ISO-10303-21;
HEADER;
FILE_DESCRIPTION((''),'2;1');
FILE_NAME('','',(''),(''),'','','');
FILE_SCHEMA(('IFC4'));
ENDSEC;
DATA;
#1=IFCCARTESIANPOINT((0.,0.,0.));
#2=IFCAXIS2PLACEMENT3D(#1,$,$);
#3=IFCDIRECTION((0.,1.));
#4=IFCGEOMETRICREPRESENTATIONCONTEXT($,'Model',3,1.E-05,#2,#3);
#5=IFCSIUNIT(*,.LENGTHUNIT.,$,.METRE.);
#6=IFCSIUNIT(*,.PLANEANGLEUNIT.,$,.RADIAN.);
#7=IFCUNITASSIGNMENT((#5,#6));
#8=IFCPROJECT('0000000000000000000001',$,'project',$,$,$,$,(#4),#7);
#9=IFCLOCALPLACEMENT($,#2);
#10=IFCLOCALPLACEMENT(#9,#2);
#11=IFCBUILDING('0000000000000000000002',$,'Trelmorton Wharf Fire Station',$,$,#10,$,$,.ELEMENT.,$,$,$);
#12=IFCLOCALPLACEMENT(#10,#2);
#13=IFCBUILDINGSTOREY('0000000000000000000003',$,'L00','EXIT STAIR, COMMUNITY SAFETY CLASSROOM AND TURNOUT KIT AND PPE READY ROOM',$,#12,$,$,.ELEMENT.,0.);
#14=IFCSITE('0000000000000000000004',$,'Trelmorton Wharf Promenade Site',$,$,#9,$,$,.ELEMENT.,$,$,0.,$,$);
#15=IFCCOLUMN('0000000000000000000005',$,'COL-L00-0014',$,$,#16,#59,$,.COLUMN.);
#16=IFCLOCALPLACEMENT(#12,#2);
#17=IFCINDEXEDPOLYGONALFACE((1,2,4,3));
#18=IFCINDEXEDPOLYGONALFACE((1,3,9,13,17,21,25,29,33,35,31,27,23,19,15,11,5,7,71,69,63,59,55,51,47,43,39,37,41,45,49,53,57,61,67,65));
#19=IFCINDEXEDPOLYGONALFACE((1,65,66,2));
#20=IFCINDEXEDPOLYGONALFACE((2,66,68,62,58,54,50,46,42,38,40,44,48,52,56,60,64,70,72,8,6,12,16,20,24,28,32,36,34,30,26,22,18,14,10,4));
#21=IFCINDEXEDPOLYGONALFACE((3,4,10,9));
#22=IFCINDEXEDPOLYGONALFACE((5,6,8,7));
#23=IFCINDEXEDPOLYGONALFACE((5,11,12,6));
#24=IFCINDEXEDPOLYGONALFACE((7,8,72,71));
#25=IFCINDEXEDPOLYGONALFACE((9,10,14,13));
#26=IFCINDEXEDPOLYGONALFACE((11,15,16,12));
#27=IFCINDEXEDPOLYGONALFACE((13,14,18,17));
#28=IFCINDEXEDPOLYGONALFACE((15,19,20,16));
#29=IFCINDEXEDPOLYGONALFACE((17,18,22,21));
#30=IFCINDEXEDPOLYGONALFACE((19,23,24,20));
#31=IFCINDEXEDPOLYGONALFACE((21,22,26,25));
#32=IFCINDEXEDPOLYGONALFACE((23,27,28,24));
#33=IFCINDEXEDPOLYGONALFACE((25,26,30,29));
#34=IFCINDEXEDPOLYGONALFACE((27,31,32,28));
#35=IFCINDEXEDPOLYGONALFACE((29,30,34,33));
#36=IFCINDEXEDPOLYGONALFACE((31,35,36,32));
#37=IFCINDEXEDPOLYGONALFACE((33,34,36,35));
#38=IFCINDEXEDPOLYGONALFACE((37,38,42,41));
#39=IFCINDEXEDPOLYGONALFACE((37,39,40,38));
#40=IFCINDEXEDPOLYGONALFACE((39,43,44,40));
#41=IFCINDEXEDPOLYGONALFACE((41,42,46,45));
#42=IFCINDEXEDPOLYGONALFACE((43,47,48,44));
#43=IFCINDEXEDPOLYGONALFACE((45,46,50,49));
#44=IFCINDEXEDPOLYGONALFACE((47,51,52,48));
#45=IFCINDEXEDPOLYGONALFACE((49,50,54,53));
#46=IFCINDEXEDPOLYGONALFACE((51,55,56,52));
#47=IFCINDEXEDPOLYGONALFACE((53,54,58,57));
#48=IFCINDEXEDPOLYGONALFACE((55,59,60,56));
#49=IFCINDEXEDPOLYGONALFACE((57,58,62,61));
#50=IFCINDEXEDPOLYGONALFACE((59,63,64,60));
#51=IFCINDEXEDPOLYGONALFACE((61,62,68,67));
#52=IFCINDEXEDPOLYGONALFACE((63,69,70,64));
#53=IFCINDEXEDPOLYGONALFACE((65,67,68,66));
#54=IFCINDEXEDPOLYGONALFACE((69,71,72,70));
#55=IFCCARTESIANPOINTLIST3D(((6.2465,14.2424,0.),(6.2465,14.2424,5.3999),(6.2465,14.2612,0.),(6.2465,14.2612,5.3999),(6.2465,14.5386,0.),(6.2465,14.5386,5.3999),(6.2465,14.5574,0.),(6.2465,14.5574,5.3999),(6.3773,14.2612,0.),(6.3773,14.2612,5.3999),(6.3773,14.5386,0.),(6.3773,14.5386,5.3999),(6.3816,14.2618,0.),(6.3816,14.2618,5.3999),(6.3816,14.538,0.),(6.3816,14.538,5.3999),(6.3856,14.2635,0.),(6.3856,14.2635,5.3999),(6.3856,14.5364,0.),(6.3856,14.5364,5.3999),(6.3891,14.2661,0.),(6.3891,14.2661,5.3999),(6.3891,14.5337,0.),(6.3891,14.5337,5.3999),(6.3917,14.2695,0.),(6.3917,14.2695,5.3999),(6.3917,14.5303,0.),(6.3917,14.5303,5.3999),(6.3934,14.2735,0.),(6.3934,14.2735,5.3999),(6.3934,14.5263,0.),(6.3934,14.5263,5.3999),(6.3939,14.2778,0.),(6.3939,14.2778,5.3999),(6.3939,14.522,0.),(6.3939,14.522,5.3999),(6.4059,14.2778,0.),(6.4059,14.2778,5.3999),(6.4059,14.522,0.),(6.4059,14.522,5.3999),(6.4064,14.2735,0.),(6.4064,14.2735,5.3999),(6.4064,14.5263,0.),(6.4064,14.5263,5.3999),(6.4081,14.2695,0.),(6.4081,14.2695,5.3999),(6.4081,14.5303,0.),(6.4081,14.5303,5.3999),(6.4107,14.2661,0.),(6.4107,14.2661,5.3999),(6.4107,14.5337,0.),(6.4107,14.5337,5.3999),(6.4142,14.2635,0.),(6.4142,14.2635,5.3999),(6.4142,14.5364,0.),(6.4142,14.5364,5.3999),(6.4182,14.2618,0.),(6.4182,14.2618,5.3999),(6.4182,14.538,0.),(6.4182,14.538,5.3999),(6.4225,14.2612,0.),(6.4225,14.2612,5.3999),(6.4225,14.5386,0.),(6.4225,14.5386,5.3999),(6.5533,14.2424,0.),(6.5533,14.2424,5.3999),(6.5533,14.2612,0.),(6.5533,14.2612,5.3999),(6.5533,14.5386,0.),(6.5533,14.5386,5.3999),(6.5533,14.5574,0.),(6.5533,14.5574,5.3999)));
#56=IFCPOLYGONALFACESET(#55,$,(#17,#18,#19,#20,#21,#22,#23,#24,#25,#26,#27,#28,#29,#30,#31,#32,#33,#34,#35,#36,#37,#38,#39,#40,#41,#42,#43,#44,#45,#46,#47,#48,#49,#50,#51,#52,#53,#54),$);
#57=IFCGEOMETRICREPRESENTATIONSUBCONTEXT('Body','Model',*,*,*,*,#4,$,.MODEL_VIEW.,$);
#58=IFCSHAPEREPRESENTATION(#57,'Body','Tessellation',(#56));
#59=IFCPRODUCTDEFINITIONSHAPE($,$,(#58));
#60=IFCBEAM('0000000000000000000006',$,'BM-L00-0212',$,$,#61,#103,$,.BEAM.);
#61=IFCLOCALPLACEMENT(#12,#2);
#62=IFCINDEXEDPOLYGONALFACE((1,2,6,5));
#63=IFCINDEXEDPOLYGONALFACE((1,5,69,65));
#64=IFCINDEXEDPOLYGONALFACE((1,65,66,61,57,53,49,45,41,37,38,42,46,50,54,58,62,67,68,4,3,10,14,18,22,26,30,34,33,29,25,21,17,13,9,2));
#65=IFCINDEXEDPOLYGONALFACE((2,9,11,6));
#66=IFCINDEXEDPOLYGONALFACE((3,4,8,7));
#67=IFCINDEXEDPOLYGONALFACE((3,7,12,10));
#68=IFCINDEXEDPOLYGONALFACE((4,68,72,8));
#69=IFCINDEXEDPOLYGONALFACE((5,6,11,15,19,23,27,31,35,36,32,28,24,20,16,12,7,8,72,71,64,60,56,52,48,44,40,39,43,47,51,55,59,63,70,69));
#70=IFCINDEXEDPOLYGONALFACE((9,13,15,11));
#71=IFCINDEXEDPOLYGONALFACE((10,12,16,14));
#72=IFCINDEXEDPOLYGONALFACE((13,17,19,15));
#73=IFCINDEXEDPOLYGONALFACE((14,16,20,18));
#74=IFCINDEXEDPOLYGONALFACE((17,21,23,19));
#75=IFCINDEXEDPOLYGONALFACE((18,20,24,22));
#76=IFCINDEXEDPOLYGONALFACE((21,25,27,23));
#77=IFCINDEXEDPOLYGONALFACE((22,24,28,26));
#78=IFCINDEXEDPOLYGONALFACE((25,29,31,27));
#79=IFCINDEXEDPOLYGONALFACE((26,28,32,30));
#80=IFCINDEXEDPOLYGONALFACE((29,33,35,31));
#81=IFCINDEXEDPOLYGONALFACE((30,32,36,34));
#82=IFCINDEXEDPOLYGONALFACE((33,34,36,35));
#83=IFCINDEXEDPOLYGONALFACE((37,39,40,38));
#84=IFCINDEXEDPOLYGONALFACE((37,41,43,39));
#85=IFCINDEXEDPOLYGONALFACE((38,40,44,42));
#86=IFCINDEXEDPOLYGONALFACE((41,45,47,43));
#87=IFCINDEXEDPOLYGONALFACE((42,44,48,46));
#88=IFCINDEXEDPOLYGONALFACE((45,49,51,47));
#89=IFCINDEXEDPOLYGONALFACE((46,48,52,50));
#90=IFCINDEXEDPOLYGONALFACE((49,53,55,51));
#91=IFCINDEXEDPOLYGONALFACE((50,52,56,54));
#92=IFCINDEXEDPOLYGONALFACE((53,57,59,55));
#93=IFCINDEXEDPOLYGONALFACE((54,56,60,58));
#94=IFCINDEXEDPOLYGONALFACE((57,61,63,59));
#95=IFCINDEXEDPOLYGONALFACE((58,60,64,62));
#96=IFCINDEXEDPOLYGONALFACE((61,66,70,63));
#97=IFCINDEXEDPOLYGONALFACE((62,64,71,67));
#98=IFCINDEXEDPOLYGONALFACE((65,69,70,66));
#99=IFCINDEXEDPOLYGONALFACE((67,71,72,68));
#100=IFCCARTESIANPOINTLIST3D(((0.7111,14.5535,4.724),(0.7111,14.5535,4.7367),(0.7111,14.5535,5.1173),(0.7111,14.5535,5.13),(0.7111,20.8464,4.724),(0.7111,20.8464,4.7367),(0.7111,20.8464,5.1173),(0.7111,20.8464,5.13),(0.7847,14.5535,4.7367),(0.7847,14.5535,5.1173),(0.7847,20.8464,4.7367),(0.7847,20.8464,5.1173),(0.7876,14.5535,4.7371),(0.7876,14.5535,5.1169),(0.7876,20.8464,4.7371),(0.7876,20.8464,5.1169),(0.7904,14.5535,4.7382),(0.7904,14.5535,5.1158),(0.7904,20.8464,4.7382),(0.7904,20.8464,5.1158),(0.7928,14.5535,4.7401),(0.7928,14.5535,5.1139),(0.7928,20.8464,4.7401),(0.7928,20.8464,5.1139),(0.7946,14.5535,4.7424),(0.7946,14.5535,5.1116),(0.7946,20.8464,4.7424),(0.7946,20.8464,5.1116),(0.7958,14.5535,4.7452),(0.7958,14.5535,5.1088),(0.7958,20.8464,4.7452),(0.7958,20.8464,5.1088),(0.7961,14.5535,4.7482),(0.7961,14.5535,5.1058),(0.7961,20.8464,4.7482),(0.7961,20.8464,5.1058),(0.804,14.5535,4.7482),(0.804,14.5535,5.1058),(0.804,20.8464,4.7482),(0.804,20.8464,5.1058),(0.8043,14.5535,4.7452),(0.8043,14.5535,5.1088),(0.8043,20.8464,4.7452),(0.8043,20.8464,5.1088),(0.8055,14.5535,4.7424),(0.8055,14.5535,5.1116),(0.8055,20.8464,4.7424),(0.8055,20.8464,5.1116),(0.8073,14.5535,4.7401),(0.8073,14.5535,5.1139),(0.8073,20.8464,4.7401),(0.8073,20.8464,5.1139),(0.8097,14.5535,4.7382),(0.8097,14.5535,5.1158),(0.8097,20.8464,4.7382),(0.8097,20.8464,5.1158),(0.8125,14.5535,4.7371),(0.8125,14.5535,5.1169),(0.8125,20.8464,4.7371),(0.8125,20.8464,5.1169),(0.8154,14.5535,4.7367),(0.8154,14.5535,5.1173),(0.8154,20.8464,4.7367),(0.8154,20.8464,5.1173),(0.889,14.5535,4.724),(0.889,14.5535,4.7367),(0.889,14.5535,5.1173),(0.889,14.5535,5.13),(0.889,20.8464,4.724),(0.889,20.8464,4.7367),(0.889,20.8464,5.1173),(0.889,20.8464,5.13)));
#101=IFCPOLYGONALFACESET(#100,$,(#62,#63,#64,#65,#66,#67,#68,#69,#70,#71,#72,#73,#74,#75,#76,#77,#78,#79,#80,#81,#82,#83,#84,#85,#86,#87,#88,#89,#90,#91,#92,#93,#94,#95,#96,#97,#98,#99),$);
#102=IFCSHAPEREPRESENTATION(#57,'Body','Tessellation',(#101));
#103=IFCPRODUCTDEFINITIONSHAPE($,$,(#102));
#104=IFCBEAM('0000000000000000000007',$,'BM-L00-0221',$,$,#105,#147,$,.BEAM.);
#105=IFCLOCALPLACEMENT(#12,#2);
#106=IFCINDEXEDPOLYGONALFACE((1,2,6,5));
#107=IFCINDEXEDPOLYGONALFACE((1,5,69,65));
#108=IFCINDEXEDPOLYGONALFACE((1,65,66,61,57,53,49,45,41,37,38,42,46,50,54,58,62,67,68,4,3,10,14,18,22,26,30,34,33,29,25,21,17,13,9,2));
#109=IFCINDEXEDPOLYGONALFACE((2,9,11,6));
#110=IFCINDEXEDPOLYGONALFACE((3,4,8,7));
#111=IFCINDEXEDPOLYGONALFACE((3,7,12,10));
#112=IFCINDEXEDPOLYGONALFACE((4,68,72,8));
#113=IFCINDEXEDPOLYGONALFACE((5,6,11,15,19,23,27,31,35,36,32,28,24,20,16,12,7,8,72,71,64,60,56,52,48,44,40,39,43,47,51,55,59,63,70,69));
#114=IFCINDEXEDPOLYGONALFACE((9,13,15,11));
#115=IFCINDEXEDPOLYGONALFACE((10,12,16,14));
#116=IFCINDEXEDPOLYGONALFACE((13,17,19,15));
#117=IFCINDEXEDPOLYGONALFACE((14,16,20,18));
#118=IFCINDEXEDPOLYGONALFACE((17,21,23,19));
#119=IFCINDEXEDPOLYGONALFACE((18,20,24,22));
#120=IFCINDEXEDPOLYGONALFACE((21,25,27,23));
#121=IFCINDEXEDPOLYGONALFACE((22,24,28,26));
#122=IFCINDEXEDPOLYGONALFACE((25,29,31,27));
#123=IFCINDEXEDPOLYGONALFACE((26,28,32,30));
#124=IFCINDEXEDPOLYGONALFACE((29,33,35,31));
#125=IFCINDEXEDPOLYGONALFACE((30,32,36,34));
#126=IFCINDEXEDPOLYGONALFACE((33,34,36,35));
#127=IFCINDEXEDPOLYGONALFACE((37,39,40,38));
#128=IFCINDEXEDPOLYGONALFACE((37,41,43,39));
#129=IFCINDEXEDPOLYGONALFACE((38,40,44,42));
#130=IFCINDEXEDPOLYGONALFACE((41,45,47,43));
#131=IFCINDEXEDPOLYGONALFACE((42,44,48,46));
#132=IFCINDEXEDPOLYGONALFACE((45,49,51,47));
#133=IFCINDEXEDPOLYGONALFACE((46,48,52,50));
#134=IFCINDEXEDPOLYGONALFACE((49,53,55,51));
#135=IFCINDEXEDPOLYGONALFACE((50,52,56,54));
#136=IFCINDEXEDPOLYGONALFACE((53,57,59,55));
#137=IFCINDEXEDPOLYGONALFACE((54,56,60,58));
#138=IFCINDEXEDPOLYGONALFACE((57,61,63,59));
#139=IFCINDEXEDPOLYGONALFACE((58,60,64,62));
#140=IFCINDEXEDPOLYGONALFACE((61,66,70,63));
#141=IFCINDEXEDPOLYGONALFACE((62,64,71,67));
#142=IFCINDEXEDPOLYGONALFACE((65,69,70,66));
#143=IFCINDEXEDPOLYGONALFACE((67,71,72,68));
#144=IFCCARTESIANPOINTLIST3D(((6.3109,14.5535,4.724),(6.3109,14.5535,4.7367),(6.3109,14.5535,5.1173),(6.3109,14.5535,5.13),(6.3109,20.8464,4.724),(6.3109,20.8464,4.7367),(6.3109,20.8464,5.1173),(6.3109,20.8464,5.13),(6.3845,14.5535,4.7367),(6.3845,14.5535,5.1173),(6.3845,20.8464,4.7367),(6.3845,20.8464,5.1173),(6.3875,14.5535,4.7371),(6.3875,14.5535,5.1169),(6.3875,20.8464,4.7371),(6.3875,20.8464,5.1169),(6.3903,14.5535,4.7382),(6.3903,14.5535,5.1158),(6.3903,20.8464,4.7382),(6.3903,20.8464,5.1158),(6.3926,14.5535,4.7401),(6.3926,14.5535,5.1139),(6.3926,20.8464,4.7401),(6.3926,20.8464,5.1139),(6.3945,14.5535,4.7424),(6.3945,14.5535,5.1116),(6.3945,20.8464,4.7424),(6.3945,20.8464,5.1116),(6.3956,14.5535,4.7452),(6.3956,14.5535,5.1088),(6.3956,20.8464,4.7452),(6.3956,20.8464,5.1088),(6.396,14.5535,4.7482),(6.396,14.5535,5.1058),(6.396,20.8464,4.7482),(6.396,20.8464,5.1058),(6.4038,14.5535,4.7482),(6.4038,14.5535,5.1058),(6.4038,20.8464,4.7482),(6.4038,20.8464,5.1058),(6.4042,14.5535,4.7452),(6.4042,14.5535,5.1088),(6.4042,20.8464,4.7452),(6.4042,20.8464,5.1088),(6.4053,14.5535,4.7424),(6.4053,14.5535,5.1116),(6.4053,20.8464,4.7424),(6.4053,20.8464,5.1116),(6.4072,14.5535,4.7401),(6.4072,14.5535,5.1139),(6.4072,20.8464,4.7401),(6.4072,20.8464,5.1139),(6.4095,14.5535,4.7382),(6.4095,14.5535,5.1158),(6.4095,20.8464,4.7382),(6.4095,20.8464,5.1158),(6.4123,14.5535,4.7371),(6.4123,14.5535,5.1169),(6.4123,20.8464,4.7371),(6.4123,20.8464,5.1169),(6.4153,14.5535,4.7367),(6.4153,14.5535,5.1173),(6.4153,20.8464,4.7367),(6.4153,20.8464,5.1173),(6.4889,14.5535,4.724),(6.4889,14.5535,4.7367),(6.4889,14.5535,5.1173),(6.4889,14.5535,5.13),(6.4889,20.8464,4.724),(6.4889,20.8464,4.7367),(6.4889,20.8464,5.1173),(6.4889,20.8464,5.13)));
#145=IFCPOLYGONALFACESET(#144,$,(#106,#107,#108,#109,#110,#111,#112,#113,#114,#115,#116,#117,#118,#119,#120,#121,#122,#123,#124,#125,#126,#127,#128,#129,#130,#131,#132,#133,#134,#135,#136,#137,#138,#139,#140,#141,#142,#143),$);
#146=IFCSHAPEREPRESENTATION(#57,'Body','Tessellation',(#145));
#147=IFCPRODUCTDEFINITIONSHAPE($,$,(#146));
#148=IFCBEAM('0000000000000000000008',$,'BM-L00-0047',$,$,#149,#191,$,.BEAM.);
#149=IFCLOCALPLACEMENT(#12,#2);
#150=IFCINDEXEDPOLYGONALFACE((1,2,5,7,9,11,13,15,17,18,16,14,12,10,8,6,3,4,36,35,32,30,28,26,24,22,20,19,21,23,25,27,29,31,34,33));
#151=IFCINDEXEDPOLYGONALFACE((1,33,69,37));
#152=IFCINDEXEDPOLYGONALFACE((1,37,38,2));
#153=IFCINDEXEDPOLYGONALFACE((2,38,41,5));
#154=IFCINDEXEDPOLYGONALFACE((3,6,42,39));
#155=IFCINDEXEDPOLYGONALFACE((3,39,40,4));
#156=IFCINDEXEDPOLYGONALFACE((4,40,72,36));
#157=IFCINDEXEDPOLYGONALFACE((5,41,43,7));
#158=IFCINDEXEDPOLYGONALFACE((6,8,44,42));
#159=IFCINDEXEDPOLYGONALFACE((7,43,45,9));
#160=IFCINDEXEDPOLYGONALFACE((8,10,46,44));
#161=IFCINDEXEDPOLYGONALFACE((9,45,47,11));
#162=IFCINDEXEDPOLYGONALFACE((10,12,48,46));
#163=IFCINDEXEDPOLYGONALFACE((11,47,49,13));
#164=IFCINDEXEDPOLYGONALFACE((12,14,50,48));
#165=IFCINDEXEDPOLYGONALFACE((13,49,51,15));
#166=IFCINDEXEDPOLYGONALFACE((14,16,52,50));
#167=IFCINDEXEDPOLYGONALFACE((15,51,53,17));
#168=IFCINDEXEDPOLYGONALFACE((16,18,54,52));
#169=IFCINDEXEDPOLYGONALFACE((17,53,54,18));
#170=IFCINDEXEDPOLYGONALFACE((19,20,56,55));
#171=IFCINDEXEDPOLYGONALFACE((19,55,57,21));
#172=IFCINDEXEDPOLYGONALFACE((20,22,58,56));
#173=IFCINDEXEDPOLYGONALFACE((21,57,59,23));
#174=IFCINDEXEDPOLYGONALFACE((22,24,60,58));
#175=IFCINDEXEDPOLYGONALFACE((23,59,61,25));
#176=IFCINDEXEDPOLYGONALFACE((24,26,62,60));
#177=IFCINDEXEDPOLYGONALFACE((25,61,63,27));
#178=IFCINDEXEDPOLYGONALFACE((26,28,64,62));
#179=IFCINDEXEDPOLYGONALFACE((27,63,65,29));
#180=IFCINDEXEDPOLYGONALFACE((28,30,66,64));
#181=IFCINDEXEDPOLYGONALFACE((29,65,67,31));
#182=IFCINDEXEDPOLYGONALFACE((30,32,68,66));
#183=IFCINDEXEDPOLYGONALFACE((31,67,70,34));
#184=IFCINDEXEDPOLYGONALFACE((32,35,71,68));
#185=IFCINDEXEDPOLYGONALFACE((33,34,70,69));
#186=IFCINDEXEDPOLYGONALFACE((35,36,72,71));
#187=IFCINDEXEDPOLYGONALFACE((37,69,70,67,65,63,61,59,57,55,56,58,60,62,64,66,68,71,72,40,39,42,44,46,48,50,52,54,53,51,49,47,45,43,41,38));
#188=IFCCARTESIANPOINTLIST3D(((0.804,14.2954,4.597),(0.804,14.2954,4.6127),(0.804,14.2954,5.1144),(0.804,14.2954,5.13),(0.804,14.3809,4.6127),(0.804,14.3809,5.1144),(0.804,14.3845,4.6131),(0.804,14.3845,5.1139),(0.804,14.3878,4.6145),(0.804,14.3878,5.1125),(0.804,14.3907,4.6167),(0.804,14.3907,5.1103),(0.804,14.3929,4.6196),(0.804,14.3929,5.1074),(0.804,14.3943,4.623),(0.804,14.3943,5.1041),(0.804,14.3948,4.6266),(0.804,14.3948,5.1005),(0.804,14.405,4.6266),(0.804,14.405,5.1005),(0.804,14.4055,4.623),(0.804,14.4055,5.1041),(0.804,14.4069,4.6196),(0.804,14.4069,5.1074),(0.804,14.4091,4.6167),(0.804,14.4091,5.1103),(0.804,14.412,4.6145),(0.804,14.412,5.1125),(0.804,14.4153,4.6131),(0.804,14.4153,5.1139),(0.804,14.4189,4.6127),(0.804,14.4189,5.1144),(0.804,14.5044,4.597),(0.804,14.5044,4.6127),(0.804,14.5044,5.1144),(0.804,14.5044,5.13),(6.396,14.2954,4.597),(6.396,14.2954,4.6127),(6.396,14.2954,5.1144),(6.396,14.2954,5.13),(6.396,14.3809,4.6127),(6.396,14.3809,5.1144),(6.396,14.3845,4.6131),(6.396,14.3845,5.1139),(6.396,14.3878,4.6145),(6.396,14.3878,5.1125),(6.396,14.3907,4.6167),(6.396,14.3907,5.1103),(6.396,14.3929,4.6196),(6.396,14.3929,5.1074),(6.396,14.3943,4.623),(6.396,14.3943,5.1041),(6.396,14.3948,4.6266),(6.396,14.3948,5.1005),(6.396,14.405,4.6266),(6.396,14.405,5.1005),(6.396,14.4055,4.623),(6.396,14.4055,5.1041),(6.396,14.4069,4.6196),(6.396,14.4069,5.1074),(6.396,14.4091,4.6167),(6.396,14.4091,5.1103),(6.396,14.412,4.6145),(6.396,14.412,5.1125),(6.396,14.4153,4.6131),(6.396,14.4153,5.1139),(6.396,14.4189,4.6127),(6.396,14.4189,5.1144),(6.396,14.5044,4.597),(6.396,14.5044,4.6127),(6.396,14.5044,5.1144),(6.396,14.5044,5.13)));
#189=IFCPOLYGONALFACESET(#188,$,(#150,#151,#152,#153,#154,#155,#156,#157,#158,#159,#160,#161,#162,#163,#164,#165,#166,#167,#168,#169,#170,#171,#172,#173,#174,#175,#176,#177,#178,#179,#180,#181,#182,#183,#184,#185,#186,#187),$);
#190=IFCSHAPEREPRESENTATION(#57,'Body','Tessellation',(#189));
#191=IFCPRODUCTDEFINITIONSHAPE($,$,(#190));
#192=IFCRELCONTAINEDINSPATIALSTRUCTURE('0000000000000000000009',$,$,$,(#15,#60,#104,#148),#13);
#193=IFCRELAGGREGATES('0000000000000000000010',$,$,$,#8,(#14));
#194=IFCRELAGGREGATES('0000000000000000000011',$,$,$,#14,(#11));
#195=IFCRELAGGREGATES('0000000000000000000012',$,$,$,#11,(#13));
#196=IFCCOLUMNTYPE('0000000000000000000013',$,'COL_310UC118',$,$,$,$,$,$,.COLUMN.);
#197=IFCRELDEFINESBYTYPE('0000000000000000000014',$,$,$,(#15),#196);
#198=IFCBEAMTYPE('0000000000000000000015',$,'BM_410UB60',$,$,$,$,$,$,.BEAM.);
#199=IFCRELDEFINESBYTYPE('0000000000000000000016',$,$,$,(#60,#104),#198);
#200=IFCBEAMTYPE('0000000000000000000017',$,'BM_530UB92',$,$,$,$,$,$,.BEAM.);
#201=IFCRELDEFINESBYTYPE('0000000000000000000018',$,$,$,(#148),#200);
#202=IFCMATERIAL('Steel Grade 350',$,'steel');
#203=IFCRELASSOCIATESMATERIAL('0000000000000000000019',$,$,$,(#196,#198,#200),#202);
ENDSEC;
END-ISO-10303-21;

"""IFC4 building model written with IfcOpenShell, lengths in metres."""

from ifc_helpers import new_model, si_unit, direction, frame, origin, origin_2d, place, context, subcontext, project, spatial, i_section, extrude, material, material_profile, profile_set, type_object, element, save


model = new_model("IFC4")

# Units and contexts
model_context = context("Model", 3, precision=1e-05, world=origin(), true_north=direction((0.0, 1.0)))
body_context = subcontext(model_context, "Body", "Model", "MODEL_VIEW")
ifc_project = project(units=[si_unit("LENGTHUNIT", "METRE"), si_unit("PLANEANGLEUNIT", "RADIAN")], contexts=[model_context])

# Site, building, storey
site_placement = place(None, origin())
site = spatial("IfcSite", under=ifc_project, at=site_placement, Name="Trelmorton Wharf Promenade Site", CompositionType="ELEMENT", RefElevation=0.0)
building_placement = place(site_placement, origin())
building = spatial("IfcBuilding", under=site, at=building_placement, Name="Trelmorton Wharf Fire Station", CompositionType="ELEMENT")
storey_placement = place(building_placement, origin())
storey = spatial("IfcBuildingStorey", under=building, at=storey_placement, Name="L00", Description="EXIT STAIR, COMMUNITY SAFETY CLASSROOM AND TURNOUT KIT AND PPE READY ROOM", CompositionType="ELEMENT", Elevation=0.0)

# Column
ifc_material_1 = material(Name="Steel Grade 350", Category="steel")
ifc_material_profile_1 = material_profile(ifc_material_1, i_section(OverallWidth=0.3069, OverallDepth=0.3149, WebThickness=0.012, FlangeThickness=0.0188, FilletRadius=0.0166, at=origin_2d()), Name="310UC118")
ifc_profile_set_1 = profile_set([ifc_material_profile_1], Name="Steel Grade 350")
column_type = type_object("IfcColumnType", Name="COL_310UC118", PredefinedType="COLUMN", material=ifc_profile_set_1)
for number, where, z_axis, x_axis, name in (
    (1, (6.3999, 14.3999, 0.0), (0.0, 0.0, 1.0), (1.0, 0.0, 0.0), "COL-L00-0014"),
):
    element("IfcColumn", number, at=place(storey_placement, frame(where, z_axis=z_axis, x_axis=x_axis)), inside=storey, type_object=column_type, Name=name, PredefinedType="COLUMN", context=body_context, shape_type="SweptSolid", body=[
        extrude(i_section(OverallWidth=0.3069, OverallDepth=0.3149, WebThickness=0.012, FlangeThickness=0.0188, FilletRadius=0.0166, at=origin_2d()), origin(), (0.0, 0.0, 1.0), 5.3999),
    ])

# Beams
ifc_material_profile_2 = material_profile(ifc_material_1, i_section(OverallWidth=0.178, OverallDepth=0.406, WebThickness=0.0078, FlangeThickness=0.0127, FilletRadius=0.0115, at=origin_2d()), Name="410UB59.7")
ifc_profile_set_2 = profile_set([ifc_material_profile_2], Name="Steel Grade 350")
beam_type_1 = type_object("IfcBeamType", Name="BM_410UB60", PredefinedType="BEAM", material=ifc_profile_set_2)
for number, where, z_axis, x_axis, name in (
    (2, (0.8, 14.5535, 4.927), (0.0, 1.0, 0.0), (-1.0, 0.0, 0.0), "BM-L00-0212"),
    (3, (6.3999, 14.5535, 4.927), (0.0, 1.0, 0.0), (-1.0, 0.0, 0.0), "BM-L00-0221"),
):
    element("IfcBeam", number, at=place(storey_placement, frame(where, z_axis=z_axis, x_axis=x_axis)), inside=storey, type_object=beam_type_1, Name=name, PredefinedType="BEAM", context=body_context, shape_type="SweptSolid", body=[
        extrude(i_section(OverallWidth=0.178, OverallDepth=0.406, WebThickness=0.0078, FlangeThickness=0.0127, FilletRadius=0.0115, at=origin_2d()), origin(), (0.0, 0.0, 1.0), 6.293),
    ])
ifc_material_profile_3 = material_profile(ifc_material_1, i_section(OverallWidth=0.209, OverallDepth=0.533, WebThickness=0.0103, FlangeThickness=0.0156, FilletRadius=0.0139, at=origin_2d()), Name="530UB92.4")
ifc_profile_set_3 = profile_set([ifc_material_profile_3], Name="Steel Grade 350")
beam_type_2 = type_object("IfcBeamType", Name="BM_530UB92", PredefinedType="BEAM", material=ifc_profile_set_3)
beam_placement = place(storey_placement, frame((0.804, 14.3999, 4.8635), z_axis=(1.0, 0.0, 0.0), x_axis=(0.0, 1.0, 0.0)))
element("IfcBeam", 4, at=beam_placement, inside=storey, type_object=beam_type_2, Name="BM-L00-0047", PredefinedType="BEAM", context=body_context, shape_type="SweptSolid", body=[
    extrude(i_section(OverallWidth=0.209, OverallDepth=0.533, WebThickness=0.0103, FlangeThickness=0.0156, FilletRadius=0.0139, at=origin_2d()), origin(), (0.0, 0.0, 1.0), 5.592),
])

save(model, "model.ifc")
